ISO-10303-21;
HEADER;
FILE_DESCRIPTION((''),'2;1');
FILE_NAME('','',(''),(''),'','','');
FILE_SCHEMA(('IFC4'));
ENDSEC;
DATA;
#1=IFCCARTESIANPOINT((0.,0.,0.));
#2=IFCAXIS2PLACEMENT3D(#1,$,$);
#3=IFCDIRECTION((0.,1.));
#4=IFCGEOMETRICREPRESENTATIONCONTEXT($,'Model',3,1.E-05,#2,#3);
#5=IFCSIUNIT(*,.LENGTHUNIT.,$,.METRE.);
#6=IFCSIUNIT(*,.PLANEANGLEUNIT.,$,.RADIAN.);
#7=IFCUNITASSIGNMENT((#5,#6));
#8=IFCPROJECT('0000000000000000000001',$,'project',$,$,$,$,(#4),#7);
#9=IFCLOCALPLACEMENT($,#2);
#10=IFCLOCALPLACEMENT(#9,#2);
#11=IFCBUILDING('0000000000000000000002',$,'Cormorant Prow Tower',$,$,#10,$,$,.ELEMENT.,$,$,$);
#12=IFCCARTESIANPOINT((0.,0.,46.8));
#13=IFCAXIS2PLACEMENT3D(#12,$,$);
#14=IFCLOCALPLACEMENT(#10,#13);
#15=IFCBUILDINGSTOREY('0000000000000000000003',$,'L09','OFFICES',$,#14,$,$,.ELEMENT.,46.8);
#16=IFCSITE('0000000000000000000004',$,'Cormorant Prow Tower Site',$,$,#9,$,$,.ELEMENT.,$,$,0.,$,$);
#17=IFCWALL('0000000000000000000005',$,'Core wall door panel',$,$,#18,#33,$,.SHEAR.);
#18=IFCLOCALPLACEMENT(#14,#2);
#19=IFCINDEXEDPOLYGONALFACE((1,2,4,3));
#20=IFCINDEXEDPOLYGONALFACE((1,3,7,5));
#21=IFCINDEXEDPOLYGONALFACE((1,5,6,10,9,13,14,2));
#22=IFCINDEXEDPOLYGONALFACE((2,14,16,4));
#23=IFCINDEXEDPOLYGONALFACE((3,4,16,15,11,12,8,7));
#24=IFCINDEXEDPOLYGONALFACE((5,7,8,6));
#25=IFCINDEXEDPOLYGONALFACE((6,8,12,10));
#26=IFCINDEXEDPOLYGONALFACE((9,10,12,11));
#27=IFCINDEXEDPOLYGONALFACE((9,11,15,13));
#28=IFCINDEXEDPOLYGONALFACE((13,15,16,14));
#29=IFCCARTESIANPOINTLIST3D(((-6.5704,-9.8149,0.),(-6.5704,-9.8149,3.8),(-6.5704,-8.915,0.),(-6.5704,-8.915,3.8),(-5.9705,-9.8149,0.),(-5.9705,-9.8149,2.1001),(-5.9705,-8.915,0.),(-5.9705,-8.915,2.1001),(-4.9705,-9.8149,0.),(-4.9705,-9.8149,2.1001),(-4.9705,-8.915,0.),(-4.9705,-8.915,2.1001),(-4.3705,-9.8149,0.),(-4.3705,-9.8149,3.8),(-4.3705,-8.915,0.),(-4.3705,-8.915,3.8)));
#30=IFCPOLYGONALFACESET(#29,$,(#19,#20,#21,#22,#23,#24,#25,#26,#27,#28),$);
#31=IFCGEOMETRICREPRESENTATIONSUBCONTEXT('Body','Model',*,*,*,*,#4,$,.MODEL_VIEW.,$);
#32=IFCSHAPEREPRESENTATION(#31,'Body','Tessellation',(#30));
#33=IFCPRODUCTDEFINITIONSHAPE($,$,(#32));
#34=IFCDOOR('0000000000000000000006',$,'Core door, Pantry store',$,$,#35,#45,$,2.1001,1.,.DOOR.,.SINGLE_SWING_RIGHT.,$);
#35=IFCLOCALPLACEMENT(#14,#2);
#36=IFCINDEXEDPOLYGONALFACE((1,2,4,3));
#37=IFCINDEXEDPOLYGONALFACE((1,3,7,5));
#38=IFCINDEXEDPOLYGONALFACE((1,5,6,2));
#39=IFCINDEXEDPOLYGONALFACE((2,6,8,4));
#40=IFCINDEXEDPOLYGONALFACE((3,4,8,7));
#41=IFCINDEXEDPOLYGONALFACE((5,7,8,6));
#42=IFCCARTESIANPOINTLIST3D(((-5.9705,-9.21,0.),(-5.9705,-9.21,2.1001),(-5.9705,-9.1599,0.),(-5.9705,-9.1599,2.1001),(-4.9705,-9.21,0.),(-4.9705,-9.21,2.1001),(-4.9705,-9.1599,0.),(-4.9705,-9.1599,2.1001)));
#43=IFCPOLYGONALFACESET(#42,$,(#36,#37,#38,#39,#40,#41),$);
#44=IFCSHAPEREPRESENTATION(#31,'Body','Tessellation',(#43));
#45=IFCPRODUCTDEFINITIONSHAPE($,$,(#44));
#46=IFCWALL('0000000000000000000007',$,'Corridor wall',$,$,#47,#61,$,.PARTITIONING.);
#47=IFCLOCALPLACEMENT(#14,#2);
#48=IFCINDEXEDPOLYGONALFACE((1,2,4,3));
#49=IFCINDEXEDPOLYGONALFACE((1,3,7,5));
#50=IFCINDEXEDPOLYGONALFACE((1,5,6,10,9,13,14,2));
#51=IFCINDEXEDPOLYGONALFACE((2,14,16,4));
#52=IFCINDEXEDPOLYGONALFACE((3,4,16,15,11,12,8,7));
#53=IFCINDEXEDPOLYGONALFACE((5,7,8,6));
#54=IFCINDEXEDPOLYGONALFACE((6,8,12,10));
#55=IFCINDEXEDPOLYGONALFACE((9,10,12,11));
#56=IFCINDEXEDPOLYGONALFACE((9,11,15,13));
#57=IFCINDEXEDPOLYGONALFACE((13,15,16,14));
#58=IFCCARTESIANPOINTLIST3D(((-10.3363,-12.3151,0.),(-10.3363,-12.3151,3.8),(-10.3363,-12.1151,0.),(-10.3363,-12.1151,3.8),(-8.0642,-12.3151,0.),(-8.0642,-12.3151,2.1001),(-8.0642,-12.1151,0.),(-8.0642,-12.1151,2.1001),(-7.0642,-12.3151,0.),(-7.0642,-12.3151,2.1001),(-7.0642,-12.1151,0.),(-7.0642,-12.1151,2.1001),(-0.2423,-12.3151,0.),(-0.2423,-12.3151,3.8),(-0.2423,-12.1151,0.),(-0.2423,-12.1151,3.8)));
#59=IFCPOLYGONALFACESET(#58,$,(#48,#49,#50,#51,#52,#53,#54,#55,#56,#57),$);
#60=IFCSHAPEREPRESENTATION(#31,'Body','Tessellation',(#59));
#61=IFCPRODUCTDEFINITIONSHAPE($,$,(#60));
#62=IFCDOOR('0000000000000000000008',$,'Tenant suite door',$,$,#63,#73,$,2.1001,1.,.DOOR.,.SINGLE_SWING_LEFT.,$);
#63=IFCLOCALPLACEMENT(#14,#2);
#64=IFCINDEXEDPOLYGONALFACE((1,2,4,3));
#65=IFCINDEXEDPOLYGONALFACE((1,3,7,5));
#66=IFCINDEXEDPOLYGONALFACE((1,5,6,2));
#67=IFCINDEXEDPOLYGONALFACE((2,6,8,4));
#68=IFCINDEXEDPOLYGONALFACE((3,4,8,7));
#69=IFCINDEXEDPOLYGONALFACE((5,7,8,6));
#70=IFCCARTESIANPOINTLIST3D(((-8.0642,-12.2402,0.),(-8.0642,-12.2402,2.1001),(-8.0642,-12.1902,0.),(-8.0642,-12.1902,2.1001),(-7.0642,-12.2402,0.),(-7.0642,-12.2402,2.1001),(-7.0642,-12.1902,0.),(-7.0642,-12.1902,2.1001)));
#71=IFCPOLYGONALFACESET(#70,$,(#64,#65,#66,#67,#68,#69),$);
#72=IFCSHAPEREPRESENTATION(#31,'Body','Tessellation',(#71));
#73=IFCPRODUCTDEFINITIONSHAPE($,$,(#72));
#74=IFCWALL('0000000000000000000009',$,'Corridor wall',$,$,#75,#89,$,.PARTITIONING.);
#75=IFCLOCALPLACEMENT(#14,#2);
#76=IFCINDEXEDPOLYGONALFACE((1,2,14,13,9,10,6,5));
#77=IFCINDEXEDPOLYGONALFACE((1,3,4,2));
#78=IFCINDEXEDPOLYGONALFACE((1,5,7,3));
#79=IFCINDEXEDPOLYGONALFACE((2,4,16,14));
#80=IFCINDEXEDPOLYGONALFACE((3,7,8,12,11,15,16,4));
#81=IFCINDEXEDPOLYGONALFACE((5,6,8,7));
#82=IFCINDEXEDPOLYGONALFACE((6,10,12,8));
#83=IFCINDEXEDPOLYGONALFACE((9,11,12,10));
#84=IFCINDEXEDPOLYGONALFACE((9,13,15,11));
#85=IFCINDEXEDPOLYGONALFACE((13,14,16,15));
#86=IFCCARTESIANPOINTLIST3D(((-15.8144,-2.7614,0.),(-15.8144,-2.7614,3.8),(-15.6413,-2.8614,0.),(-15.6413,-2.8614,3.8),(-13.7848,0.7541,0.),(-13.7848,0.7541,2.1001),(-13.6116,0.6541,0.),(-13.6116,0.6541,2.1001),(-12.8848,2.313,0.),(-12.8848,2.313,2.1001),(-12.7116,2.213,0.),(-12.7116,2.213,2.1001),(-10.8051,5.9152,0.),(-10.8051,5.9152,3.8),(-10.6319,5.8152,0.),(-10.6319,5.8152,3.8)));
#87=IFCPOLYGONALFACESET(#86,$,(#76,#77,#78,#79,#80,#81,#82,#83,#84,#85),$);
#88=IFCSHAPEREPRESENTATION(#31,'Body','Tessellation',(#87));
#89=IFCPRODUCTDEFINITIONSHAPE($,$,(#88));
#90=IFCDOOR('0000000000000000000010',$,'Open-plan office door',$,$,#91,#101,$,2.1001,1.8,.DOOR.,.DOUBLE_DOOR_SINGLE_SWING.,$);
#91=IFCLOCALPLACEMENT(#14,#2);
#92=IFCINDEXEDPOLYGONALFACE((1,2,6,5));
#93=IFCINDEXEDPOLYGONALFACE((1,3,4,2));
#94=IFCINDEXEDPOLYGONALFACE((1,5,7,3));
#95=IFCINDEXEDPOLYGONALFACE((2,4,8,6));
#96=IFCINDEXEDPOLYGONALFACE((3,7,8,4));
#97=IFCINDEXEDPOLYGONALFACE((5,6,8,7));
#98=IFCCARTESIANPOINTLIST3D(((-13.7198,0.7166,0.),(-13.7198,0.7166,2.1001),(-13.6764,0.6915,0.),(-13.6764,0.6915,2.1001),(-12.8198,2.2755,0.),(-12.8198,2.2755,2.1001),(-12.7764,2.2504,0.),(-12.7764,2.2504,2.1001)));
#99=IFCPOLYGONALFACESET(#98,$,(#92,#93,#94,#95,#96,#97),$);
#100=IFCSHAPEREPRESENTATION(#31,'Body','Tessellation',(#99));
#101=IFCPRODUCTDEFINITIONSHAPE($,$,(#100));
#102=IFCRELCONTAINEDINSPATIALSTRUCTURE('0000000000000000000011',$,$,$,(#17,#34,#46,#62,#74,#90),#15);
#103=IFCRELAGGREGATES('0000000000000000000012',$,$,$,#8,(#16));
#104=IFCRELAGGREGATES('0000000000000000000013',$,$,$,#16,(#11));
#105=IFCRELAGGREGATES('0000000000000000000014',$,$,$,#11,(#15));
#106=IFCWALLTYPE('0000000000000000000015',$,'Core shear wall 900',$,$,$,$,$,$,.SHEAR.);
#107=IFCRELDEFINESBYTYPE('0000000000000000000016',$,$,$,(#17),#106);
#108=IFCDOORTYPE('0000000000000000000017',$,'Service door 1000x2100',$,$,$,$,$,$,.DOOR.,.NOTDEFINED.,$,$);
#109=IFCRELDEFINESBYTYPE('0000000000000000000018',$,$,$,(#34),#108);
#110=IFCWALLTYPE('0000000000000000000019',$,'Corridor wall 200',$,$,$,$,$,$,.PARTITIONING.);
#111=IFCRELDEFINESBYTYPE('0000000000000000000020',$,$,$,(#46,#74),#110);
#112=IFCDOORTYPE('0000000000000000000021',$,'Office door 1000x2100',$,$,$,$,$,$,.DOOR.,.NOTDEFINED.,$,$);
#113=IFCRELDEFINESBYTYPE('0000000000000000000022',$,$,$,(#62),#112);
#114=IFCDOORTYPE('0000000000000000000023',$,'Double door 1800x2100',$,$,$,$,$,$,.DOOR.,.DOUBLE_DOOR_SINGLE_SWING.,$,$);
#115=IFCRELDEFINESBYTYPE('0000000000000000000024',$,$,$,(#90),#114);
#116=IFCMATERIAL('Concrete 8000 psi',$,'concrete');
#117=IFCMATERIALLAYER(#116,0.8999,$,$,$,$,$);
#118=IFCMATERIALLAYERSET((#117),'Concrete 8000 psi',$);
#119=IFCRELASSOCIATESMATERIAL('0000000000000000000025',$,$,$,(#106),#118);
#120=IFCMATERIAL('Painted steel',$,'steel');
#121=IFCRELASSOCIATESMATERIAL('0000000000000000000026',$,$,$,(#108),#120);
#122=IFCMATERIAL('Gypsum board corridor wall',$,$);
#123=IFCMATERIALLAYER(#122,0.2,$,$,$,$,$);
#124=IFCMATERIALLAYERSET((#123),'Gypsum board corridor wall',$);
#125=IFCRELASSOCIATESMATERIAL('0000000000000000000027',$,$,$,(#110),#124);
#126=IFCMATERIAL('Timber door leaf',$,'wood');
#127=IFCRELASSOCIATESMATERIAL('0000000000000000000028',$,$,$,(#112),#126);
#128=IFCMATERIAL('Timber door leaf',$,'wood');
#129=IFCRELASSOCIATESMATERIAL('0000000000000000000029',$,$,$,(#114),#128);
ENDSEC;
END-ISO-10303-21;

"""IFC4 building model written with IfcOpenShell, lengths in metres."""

from ifc_helpers import new_model, si_unit, direction, frame, frame_2d, origin, place, context, subcontext, project, spatial, rectangle, extrude, material, layer, layer_set, type_object, element, fill, save


model = new_model("IFC4")

# Units and contexts
model_context = context("Model", 3, precision=1e-05, world=origin(), true_north=direction((0.0, 1.0)))
body_context = subcontext(model_context, "Body", "Model", "MODEL_VIEW")
ifc_project = project(units=[si_unit("LENGTHUNIT", "METRE"), si_unit("PLANEANGLEUNIT", "RADIAN")], contexts=[model_context])

# Site, building, storey
site_placement = place(None, origin())
site = spatial("IfcSite", under=ifc_project, at=site_placement, Name="Cormorant Prow Tower Site", CompositionType="ELEMENT", RefElevation=0.0)
building_placement = place(site_placement, origin())
building = spatial("IfcBuilding", under=site, at=building_placement, Name="Cormorant Prow Tower", CompositionType="ELEMENT")
storey_placement = place(building_placement, frame((0.0, 0.0, 46.8)))
storey = spatial("IfcBuildingStorey", under=building, at=storey_placement, Name="L09", Description="OFFICES", CompositionType="ELEMENT", Elevation=46.8)

# Shared definitions
ifc_material_1 = material(Name="Concrete 8000 psi", Category="concrete")
ifc_layer_1 = layer(ifc_material_1, 0.8999)
ifc_layer_set_1 = layer_set([ifc_layer_1], Name="Concrete 8000 psi")
wall_type_1 = type_object("IfcWallType", Name="Core shear wall 900", PredefinedType="SHEAR", material=ifc_layer_set_1)

# Walls, openings, doors
wall_1_placement = place(storey_placement, frame((-6.5706, -9.365, 0.0), z_axis=(0.0, 0.0, 1.0), x_axis=(1.0, 0.0, 0.0)))
wall_1 = element("IfcWall", 1, at=wall_1_placement, inside=storey, type_object=wall_type_1, Name="Core wall door panel", PredefinedType="SHEAR", context=body_context, shape_type="SweptSolid", body=[
    extrude(rectangle(XDim=2.2, YDim=0.8999, at=frame_2d((1.1001, 0.0))), origin(), (0.0, 0.0, 1.0), 3.8),
])
opening_1_placement = place(wall_1_placement, frame((0.6001, 0.0, 0.0)))
opening_1 = element("IfcOpeningElement", 2, at=opening_1_placement, cuts=wall_1, PredefinedType="OPENING", context=body_context, shape_type="SweptSolid", body=[
    extrude(rectangle(XDim=1.0, YDim=2.1001, at=frame_2d((0.5, 1.05))), frame((0.0, 0.46, 0.0), z_axis=(0.0, -1.0, 0.0), x_axis=(1.0, 0.0, 0.0)), (0.0, 0.0, 1.0), 0.9199),
])
ifc_material_2 = material(Name="Painted steel", Category="steel")
door_type_1 = type_object("IfcDoorType", Name="Service door 1000x2100", OperationType="NOTDEFINED", PredefinedType="DOOR", material=ifc_material_2)
door_1_placement = place(opening_1_placement, origin())
door_1 = element("IfcDoor", 3, at=door_1_placement, inside=storey, type_object=door_type_1, Name="Core door, Pantry store", OperationType="SINGLE_SWING_RIGHT", OverallHeight=2.1001, OverallWidth=1.0, PredefinedType="DOOR", context=body_context, shape_type="SweptSolid", body=[
    extrude(rectangle(XDim=1.0, YDim=2.1001, at=frame_2d((0.5, 1.05))), frame((0.0, 0.2051, 0.0), z_axis=(0.0, -1.0, 0.0), x_axis=(1.0, 0.0, 0.0)), (0.0, 0.0, 1.0), 0.05),
])
fill(opening_1, door_1)
ifc_material_3 = material(Name="Gypsum board corridor wall")
ifc_layer_2 = layer(ifc_material_3, 0.2)
ifc_layer_set_2 = layer_set([ifc_layer_2], Name="Gypsum board corridor wall")
wall_type_2 = type_object("IfcWallType", Name="Corridor wall 200", PredefinedType="PARTITIONING", material=ifc_layer_set_2)
wall_2_placement = place(storey_placement, frame((-10.3362, -12.2151, 0.0), z_axis=(0.0, 0.0, 1.0), x_axis=(1.0, 0.0, 0.0)))
wall_2 = element("IfcWall", 4, at=wall_2_placement, inside=storey, type_object=wall_type_2, Name="Corridor wall", PredefinedType="PARTITIONING", context=body_context, shape_type="SweptSolid", body=[
    extrude(rectangle(XDim=10.094, YDim=0.2, at=frame_2d((5.0469, 0.0))), origin(), (0.0, 0.0, 1.0), 3.8),
])
opening_2_placement = place(wall_2_placement, frame((2.272, 0.0, 0.0)))
opening_2 = element("IfcOpeningElement", 5, at=opening_2_placement, cuts=wall_2, PredefinedType="OPENING", context=body_context, shape_type="SweptSolid", body=[
    extrude(rectangle(XDim=1.0, YDim=2.1001, at=frame_2d((0.5, 1.05))), frame((0.0, 0.1099, 0.0), z_axis=(0.0, -1.0, 0.0), x_axis=(1.0, 0.0, 0.0)), (0.0, 0.0, 1.0), 0.22),
])
ifc_material_4 = material(Name="Timber door leaf", Category="wood")
door_type_2 = type_object("IfcDoorType", Name="Office door 1000x2100", OperationType="NOTDEFINED", PredefinedType="DOOR", material=ifc_material_4)
door_2_placement = place(opening_2_placement, origin())
door_2 = element("IfcDoor", 6, at=door_2_placement, inside=storey, type_object=door_type_2, Name="Tenant suite door", OperationType="SINGLE_SWING_LEFT", OverallHeight=2.1001, OverallWidth=1.0, PredefinedType="DOOR", context=body_context, shape_type="SweptSolid", body=[
    extrude(rectangle(XDim=1.0, YDim=2.1001, at=frame_2d((0.5, 1.05))), frame((0.0, 0.0249, 0.0), z_axis=(0.0, -1.0, 0.0), x_axis=(1.0, 0.0, 0.0)), (0.0, 0.0, 1.0), 0.05),
])
fill(opening_2, door_2)
wall_3_placement = place(storey_placement, frame((-15.7278, -2.8113, 0.0), z_axis=(0.0, 0.0, 1.0), x_axis=(0.499992, 0.86603, 0.0)))
wall_3 = element("IfcWall", 7, at=wall_3_placement, inside=storey, type_object=wall_type_2, Name="Corridor wall", PredefinedType="PARTITIONING", context=body_context, shape_type="SweptSolid", body=[
    extrude(rectangle(XDim=10.0188, YDim=0.2, at=frame_2d((5.0093, 0.0))), origin(), (0.0, 0.0, 1.0), 3.8),
])
opening_3_placement = place(wall_3_placement, frame((4.0593, 0.0, 0.0)))
opening_3 = element("IfcOpeningElement", 8, at=opening_3_placement, cuts=wall_3, PredefinedType="OPENING", context=body_context, shape_type="SweptSolid", body=[
    extrude(rectangle(XDim=1.8, YDim=2.1001, at=frame_2d((0.8999, 1.05))), frame((0.0, 0.1099, 0.0), z_axis=(0.0, -1.0, 0.0), x_axis=(1.0, 0.0, 0.0)), (0.0, 0.0, 1.0), 0.22),
])
ifc_material_5 = material(Name="Timber door leaf", Category="wood")
door_type_3 = type_object("IfcDoorType", Name="Double door 1800x2100", OperationType="DOUBLE_DOOR_SINGLE_SWING", PredefinedType="DOOR", material=ifc_material_5)
door_3_placement = place(opening_3_placement, origin())
door_3 = element("IfcDoor", 9, at=door_3_placement, inside=storey, type_object=door_type_3, Name="Open-plan office door", OperationType="DOUBLE_DOOR_SINGLE_SWING", OverallHeight=2.1001, OverallWidth=1.8, PredefinedType="DOOR", context=body_context, shape_type="SweptSolid", body=[
    extrude(rectangle(XDim=1.8, YDim=2.1001, at=frame_2d((0.8999, 1.05))), frame((0.0, 0.0249, 0.0), z_axis=(0.0, -1.0, 0.0), x_axis=(1.0, 0.0, 0.0)), (0.0, 0.0, 1.0), 0.05),
])
fill(opening_3, door_3)

save(model, "model.ifc")
